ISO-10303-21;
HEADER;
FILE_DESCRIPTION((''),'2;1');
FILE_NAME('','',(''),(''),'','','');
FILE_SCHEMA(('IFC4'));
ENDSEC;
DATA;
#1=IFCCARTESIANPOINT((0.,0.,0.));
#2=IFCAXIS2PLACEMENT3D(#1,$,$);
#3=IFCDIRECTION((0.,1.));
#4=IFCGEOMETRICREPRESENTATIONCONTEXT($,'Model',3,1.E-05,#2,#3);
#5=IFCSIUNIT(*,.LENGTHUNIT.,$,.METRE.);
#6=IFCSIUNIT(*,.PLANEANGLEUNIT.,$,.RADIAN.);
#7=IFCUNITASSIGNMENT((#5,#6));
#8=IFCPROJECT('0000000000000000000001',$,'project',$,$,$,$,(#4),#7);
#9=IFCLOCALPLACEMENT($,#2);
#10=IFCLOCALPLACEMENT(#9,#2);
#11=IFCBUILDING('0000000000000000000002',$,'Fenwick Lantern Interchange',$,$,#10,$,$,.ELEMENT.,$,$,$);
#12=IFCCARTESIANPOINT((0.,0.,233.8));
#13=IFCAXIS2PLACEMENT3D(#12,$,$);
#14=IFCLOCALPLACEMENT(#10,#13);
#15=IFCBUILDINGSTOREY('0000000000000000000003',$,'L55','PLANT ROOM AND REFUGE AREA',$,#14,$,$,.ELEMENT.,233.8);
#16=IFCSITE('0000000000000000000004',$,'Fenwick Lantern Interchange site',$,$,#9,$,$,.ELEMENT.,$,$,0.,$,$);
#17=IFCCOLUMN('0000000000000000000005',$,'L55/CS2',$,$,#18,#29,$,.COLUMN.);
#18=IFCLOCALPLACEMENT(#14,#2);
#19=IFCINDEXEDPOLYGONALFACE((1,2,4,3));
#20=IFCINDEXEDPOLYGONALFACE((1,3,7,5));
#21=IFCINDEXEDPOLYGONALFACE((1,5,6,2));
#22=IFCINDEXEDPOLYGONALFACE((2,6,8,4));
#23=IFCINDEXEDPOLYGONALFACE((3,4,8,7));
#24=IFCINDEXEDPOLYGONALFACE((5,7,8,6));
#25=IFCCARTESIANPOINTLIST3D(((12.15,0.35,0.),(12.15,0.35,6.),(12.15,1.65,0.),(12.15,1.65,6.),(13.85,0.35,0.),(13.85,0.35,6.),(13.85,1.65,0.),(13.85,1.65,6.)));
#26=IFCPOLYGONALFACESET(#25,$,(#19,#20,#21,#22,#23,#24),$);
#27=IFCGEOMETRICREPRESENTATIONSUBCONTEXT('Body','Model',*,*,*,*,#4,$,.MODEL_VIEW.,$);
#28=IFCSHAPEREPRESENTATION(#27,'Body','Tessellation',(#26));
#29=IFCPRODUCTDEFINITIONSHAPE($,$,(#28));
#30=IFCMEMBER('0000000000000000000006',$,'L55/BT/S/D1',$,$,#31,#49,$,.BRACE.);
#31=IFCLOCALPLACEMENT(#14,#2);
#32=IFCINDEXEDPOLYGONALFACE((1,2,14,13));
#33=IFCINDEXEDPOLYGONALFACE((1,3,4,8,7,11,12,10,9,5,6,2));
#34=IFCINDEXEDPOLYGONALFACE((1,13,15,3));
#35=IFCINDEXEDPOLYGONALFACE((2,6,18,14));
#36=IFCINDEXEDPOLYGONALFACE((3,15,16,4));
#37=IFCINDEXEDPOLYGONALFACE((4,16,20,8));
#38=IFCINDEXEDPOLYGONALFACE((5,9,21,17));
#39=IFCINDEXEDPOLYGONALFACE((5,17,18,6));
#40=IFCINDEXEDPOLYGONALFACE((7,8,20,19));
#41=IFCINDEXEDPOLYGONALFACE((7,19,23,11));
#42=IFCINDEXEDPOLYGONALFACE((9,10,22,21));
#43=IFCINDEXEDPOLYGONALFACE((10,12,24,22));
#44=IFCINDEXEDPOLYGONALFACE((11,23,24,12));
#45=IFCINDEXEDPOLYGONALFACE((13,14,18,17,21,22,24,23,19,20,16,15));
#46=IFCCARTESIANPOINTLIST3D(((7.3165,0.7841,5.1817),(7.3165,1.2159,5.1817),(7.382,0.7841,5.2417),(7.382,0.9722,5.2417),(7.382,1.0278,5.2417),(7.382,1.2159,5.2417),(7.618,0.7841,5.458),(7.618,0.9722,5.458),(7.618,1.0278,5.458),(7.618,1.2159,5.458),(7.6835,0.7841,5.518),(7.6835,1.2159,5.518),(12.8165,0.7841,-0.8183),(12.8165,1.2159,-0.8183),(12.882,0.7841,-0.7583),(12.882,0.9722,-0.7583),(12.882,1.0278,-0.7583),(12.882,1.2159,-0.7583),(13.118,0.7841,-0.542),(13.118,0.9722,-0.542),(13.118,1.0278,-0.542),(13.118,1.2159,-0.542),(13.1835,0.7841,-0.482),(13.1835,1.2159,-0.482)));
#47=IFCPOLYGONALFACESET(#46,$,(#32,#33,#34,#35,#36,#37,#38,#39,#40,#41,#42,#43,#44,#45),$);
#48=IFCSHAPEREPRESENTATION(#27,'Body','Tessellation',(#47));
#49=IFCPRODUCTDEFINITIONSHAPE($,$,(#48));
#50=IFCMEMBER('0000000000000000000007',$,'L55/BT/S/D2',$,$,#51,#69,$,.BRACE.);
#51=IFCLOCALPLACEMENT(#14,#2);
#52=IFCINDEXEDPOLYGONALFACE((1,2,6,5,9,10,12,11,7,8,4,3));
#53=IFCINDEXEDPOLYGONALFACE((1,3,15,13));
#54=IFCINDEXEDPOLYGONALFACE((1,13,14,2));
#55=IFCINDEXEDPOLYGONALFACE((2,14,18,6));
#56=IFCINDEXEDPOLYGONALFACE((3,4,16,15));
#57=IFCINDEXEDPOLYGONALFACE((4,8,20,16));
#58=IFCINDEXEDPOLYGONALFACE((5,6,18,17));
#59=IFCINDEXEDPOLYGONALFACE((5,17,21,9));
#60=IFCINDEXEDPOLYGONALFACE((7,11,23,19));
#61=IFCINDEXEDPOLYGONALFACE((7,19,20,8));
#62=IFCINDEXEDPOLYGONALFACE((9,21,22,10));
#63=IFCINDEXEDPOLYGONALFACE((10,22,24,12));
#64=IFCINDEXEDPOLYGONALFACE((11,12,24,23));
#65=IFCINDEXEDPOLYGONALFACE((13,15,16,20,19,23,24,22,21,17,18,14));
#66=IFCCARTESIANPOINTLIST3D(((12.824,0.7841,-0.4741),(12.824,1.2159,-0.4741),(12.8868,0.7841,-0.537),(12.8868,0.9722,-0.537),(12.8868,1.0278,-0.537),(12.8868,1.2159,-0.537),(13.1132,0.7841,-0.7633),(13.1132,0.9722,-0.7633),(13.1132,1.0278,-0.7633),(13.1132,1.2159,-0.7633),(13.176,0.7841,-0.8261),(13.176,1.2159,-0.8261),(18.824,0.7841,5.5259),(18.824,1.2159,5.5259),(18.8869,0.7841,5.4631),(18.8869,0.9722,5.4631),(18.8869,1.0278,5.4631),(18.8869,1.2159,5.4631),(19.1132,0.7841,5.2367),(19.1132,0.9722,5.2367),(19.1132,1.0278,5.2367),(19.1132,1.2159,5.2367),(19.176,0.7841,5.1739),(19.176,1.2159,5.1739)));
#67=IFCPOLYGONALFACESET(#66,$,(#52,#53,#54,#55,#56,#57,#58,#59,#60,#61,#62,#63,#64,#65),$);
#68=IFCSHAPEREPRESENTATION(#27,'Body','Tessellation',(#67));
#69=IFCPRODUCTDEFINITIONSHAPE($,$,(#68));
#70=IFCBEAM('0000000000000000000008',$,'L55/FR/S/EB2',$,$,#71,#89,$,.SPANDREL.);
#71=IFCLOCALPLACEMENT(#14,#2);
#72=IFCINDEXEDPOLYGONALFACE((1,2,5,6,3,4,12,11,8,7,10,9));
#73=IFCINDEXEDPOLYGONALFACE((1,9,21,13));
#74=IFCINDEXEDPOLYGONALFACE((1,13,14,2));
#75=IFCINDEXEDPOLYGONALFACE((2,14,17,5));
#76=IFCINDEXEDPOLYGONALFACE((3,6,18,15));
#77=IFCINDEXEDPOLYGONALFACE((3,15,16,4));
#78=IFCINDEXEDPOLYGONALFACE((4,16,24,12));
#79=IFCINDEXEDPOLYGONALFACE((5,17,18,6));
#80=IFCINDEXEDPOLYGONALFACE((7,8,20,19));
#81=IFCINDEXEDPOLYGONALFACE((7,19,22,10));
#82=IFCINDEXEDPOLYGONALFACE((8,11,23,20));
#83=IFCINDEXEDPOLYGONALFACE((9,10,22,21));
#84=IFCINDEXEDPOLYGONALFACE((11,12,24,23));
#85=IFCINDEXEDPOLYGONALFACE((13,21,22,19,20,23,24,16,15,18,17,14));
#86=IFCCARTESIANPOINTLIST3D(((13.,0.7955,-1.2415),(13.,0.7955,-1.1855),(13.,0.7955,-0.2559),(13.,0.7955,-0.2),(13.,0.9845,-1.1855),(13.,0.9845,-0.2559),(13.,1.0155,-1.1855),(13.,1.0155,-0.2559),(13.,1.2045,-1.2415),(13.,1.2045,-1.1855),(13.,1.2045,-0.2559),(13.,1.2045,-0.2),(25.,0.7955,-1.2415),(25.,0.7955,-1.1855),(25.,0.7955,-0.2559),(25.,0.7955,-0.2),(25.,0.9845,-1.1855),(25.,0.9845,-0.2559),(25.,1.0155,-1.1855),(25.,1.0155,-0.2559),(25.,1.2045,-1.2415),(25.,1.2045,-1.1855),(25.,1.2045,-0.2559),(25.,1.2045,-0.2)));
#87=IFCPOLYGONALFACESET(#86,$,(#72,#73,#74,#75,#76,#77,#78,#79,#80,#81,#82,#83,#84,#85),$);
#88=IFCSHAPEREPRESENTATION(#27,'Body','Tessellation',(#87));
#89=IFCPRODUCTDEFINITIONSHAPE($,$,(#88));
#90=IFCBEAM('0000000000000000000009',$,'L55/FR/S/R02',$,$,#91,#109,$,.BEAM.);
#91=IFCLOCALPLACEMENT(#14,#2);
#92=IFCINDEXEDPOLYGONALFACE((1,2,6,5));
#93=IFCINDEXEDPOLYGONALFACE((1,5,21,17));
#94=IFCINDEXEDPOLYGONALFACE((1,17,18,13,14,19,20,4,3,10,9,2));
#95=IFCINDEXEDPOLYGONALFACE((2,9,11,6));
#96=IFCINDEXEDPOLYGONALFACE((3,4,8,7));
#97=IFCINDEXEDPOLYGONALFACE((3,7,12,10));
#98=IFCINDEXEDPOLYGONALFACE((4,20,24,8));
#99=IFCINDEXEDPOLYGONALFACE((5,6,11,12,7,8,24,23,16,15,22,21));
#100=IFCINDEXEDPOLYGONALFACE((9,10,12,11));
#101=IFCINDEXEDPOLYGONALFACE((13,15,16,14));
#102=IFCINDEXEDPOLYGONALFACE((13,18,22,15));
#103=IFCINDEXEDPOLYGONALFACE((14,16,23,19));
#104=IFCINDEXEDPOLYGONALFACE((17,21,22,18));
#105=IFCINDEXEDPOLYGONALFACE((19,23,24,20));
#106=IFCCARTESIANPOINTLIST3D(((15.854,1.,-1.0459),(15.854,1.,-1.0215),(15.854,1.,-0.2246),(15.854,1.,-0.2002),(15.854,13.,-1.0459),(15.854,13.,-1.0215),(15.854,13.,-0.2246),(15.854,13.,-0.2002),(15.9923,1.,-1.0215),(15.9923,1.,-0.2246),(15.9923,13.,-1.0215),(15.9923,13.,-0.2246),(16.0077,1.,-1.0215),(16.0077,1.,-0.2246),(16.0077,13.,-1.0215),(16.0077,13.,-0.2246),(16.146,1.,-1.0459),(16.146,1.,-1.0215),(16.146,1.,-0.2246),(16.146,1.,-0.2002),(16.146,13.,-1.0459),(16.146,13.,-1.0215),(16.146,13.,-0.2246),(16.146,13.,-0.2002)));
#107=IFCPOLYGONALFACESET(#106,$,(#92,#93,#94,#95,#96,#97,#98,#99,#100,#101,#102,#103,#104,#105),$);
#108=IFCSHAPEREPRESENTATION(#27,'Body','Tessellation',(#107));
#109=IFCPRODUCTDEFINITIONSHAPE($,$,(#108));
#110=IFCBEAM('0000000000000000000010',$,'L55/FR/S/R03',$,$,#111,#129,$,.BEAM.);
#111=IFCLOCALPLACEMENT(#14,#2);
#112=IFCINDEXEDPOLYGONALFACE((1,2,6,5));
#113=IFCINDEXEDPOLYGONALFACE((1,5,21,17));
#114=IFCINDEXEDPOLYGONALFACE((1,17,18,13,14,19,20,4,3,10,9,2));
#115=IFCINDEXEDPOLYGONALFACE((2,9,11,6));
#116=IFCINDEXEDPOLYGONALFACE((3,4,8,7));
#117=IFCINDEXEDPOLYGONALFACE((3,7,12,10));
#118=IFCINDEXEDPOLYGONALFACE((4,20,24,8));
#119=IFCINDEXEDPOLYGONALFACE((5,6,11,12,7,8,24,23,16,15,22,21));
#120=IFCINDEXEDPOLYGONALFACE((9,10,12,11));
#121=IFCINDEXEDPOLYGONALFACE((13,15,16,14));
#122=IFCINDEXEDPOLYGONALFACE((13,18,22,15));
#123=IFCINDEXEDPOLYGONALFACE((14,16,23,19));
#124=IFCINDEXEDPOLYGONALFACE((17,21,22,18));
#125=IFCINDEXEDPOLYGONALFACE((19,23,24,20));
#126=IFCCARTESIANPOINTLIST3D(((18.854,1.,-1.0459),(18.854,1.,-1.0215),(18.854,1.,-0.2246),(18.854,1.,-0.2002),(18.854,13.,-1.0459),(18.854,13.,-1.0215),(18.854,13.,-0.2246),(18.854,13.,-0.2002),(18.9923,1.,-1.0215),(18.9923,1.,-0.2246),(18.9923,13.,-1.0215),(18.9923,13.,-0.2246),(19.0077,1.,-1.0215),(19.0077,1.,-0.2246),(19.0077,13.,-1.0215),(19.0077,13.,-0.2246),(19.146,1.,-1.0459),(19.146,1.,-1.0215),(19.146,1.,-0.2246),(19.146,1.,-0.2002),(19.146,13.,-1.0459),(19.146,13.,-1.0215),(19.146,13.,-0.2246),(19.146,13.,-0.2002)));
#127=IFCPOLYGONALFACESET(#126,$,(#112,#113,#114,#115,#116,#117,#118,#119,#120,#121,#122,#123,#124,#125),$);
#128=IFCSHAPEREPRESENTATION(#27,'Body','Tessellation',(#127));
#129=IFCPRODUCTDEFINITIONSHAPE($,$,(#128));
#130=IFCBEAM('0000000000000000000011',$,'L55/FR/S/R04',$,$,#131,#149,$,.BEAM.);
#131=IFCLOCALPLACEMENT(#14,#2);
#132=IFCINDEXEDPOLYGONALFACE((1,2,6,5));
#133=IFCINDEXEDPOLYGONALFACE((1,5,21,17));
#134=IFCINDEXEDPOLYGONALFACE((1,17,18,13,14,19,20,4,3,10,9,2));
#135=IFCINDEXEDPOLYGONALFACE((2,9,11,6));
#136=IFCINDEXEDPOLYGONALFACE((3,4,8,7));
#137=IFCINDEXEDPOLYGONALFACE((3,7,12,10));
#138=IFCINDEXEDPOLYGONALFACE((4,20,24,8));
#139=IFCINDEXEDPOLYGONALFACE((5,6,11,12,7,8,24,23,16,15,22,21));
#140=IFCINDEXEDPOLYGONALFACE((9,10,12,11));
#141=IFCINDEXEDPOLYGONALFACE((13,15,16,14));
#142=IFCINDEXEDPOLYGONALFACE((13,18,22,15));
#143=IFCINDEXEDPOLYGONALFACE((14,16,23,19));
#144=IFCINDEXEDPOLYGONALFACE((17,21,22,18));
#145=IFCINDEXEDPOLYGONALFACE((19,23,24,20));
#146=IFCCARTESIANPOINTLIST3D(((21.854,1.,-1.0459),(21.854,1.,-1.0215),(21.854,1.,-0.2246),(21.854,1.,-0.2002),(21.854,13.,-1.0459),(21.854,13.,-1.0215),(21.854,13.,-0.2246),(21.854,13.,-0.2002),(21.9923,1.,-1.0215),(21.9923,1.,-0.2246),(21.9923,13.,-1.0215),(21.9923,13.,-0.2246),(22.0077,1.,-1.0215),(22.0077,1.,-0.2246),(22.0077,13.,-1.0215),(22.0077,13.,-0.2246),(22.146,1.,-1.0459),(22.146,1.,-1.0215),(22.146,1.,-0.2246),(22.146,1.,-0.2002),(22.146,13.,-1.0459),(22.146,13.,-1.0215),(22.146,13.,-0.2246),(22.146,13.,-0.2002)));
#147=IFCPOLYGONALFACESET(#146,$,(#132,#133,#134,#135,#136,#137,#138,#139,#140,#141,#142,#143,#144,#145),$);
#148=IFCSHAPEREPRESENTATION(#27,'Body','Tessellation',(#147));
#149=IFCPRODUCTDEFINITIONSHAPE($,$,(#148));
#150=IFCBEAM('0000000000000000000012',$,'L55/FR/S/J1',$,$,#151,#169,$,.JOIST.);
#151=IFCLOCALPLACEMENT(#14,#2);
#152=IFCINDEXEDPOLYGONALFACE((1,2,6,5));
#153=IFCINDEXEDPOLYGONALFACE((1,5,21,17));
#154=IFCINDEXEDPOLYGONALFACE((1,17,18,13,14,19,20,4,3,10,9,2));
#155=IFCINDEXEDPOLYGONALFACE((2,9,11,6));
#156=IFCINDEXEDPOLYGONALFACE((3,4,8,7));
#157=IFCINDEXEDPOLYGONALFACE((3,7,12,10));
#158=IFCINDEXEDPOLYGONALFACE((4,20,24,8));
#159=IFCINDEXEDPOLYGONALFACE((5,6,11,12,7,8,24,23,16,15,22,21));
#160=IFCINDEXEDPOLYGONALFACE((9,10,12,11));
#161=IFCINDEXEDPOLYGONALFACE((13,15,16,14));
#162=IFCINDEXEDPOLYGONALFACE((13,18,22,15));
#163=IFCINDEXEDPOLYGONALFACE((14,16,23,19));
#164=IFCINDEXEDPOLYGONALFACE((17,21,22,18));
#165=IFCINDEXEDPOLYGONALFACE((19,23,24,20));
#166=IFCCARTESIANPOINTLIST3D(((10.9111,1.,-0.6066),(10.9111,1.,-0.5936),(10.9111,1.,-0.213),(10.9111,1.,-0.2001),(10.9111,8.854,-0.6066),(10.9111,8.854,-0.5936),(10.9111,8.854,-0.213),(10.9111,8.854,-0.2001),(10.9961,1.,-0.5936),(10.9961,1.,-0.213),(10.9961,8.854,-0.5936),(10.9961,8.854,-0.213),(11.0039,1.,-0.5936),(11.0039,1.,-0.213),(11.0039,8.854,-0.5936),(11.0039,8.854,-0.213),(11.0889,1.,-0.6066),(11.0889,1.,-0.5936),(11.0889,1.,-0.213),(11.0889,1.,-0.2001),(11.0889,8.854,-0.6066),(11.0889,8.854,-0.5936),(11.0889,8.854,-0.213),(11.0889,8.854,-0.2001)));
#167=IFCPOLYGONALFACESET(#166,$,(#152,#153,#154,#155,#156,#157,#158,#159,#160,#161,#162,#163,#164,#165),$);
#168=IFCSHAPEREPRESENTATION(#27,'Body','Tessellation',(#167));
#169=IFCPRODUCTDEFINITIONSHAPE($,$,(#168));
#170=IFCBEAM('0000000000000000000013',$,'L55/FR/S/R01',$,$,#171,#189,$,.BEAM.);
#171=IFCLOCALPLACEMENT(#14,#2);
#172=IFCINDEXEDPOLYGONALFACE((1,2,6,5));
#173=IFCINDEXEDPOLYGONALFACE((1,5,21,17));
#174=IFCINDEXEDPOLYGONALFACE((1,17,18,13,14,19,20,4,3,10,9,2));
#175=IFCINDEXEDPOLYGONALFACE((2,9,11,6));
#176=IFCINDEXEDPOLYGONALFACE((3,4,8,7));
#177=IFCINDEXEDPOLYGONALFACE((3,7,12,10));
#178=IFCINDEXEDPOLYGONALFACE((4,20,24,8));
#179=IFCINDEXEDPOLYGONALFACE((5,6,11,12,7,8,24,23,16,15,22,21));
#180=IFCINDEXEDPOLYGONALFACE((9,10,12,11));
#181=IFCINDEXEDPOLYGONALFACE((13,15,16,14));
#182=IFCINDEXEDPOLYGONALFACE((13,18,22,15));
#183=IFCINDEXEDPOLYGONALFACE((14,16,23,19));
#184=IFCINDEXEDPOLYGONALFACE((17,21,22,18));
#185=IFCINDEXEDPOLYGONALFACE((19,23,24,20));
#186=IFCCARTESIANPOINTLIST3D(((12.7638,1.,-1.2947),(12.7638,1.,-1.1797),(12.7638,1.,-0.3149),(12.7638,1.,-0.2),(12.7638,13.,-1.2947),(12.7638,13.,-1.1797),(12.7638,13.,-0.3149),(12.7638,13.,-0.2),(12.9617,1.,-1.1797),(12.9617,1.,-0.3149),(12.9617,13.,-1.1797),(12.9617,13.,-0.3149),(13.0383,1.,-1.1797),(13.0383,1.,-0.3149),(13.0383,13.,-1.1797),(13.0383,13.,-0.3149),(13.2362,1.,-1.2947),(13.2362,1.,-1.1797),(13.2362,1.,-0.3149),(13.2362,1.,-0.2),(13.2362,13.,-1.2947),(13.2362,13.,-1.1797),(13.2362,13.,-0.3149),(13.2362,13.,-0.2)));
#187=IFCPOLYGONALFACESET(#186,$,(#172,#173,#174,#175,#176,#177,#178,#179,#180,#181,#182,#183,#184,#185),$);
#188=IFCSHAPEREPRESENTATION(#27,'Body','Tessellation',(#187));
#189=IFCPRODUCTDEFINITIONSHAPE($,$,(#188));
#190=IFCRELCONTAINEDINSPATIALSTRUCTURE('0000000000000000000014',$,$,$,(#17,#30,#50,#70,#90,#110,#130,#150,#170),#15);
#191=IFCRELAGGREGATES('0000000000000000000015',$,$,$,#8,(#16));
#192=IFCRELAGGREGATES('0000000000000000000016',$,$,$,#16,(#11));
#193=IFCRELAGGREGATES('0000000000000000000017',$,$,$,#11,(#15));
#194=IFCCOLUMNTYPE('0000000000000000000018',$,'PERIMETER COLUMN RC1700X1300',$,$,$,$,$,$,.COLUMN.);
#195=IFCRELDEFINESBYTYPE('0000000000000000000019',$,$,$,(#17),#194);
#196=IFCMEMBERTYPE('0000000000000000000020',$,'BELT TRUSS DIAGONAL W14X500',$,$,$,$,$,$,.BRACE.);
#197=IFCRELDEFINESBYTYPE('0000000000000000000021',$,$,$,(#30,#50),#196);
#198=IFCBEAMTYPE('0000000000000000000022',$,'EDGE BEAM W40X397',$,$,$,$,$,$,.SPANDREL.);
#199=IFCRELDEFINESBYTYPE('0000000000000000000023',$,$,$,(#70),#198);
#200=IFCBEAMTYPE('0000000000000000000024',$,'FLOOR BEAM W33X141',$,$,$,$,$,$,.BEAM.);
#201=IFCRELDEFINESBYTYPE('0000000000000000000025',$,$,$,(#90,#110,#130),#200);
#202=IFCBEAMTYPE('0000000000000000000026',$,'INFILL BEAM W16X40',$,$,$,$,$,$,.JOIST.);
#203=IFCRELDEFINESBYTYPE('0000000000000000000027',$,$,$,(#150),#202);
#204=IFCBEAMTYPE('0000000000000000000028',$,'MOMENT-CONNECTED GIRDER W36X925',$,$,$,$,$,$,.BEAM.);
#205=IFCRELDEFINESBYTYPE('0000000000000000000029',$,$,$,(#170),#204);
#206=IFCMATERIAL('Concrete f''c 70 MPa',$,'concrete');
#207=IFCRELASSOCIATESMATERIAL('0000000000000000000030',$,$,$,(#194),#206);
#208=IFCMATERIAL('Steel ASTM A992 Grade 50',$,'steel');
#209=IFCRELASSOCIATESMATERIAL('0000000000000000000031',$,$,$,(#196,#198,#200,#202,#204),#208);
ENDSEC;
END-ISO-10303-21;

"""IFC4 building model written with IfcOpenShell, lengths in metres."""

from ifc_helpers import new_model, si_unit, direction, frame, origin, origin_2d, place, context, subcontext, project, spatial, rectangle, i_section, extrude, material, material_profile, profile_set, type_object, element, save


model = new_model("IFC4")

# Units and contexts
model_context = context("Model", 3, precision=1e-05, world=origin(), true_north=direction((0.0, 1.0)))
body_context = subcontext(model_context, "Body", "Model", "MODEL_VIEW")
ifc_project = project(units=[si_unit("LENGTHUNIT", "METRE"), si_unit("PLANEANGLEUNIT", "RADIAN")], contexts=[model_context])

# Site, building, storey
site_placement = place(None, origin())
site = spatial("IfcSite", under=ifc_project, at=site_placement, Name="Fenwick Lantern Interchange site", CompositionType="ELEMENT", RefElevation=0.0)
building_placement = place(site_placement, origin())
building = spatial("IfcBuilding", under=site, at=building_placement, Name="Fenwick Lantern Interchange", CompositionType="ELEMENT")
storey_placement = place(building_placement, frame((0.0, 0.0, 233.8)))
storey = spatial("IfcBuildingStorey", under=building, at=storey_placement, Name="L55", Description="PLANT ROOM AND REFUGE AREA", CompositionType="ELEMENT", Elevation=233.8)

# Column
ifc_material_1 = material(Name="Concrete f'c 70 MPa", Category="concrete")
ifc_material_profile_1 = material_profile(ifc_material_1, rectangle(XDim=1.7, YDim=1.3, at=origin_2d()), Name="RC1700X1300")
ifc_profile_set_1 = profile_set([ifc_material_profile_1], Name="Concrete f'c 70 MPa")
column_type = type_object("IfcColumnType", Name="PERIMETER COLUMN RC1700X1300", PredefinedType="COLUMN", material=ifc_profile_set_1)
column_placement = place(storey_placement, frame((13.0, 1.0, 0.0), z_axis=(0.0, 0.0, 1.0), x_axis=(1.0, 0.0, 0.0)))
element("IfcColumn", 1, at=column_placement, inside=storey, type_object=column_type, Name="L55/CS2", PredefinedType="COLUMN", context=body_context, shape_type="SweptSolid", body=[
    extrude(rectangle(XDim=1.7, YDim=1.3, at=origin_2d()), origin(), (0.0, 0.0, 1.0), 6.0),
])

# Members
ifc_material_2 = material(Name="Steel ASTM A992 Grade 50", Category="steel")
ifc_material_profile_2 = material_profile(ifc_material_2, i_section(OverallWidth=0.4319, OverallDepth=0.4978, WebThickness=0.0557, FlangeThickness=0.0889, at=origin_2d()), Name="W14X500")
ifc_profile_set_2 = profile_set([ifc_material_profile_2], Name="Steel ASTM A992 Grade 50")
member_type_1 = type_object("IfcMemberType", Name="BELT TRUSS DIAGONAL W14X500", PredefinedType="BRACE", material=ifc_profile_set_2)
member_1_placement = place(storey_placement, frame((13.0, 1.0, -0.6501), z_axis=(-0.675725, 0.0, 0.737154), x_axis=(0.0, -1.0, 0.0)))
element("IfcMember", 2, at=member_1_placement, inside=storey, type_object=member_type_1, Name="L55/BT/S/D1", PredefinedType="BRACE", context=body_context, shape_type="SweptSolid", body=[
    extrude(i_section(OverallWidth=0.4319, OverallDepth=0.4978, WebThickness=0.0557, FlangeThickness=0.0889, at=origin_2d()), origin(), (0.0, 0.0, 1.0), 8.1394),
])
member_2_placement = place(storey_placement, frame((13.0, 1.0, -0.6501), z_axis=(0.707107, 0.0, 0.707107), x_axis=(0.0, 1.0, 0.0)))
element("IfcMember", 3, at=member_2_placement, inside=storey, type_object=member_type_1, Name="L55/BT/S/D2", PredefinedType="BRACE", context=body_context, shape_type="SweptSolid", body=[
    extrude(i_section(OverallWidth=0.4319, OverallDepth=0.4978, WebThickness=0.0557, FlangeThickness=0.0889, at=origin_2d()), origin(), (0.0, 0.0, 1.0), 8.4854),
])

# Beams
ifc_material_profile_3 = material_profile(ifc_material_2, i_section(OverallWidth=0.4089, OverallDepth=1.0415, WebThickness=0.031, FlangeThickness=0.0559, at=origin_2d()), Name="W40X397")
ifc_profile_set_3 = profile_set([ifc_material_profile_3], Name="Steel ASTM A992 Grade 50")
beam_type_1 = type_object("IfcBeamType", Name="EDGE BEAM W40X397", PredefinedType="SPANDREL", material=ifc_profile_set_3)
beam_1_placement = place(storey_placement, frame((13.0, 1.0, -0.7207), z_axis=(1.0, 0.0, 0.0), x_axis=(0.0, 1.0, 0.0)))
element("IfcBeam", 4, at=beam_1_placement, inside=storey, type_object=beam_type_1, Name="L55/FR/S/EB2", PredefinedType="SPANDREL", context=body_context, shape_type="SweptSolid", body=[
    extrude(i_section(OverallWidth=0.4089, OverallDepth=1.0415, WebThickness=0.031, FlangeThickness=0.0559, at=origin_2d()), origin(), (0.0, 0.0, 1.0), 12.0),
])
ifc_material_profile_4 = material_profile(ifc_material_2, i_section(OverallWidth=0.292, OverallDepth=0.8457, WebThickness=0.0154, FlangeThickness=0.0244, at=origin_2d()), Name="W33X141")
ifc_profile_set_4 = profile_set([ifc_material_profile_4], Name="Steel ASTM A992 Grade 50")
beam_type_2 = type_object("IfcBeamType", Name="FLOOR BEAM W33X141", PredefinedType="BEAM", material=ifc_profile_set_4)
for number, where, z_axis, x_axis, name in (
    (5, (16.0, 1.0, -0.623), (0.0, 1.0, 0.0), (-1.0, 0.0, 0.0), "L55/FR/S/R02"),
    (6, (19.0, 1.0, -0.623), (0.0, 1.0, 0.0), (-1.0, 0.0, 0.0), "L55/FR/S/R03"),
    (7, (22.0, 1.0, -0.623), (0.0, 1.0, 0.0), (-1.0, 0.0, 0.0), "L55/FR/S/R04"),
):
    element("IfcBeam", number, at=place(storey_placement, frame(where, z_axis=z_axis, x_axis=x_axis)), inside=storey, type_object=beam_type_2, Name=name, PredefinedType="BEAM", context=body_context, shape_type="SweptSolid", body=[
        extrude(i_section(OverallWidth=0.292, OverallDepth=0.8457, WebThickness=0.0154, FlangeThickness=0.0244, at=origin_2d()), origin(), (0.0, 0.0, 1.0), 12.0),
    ])
ifc_material_profile_5 = material_profile(ifc_material_2, i_section(OverallWidth=0.1777, OverallDepth=0.4065, WebThickness=0.0078, FlangeThickness=0.0129, at=origin_2d()), Name="W16X40")
ifc_profile_set_5 = profile_set([ifc_material_profile_5], Name="Steel ASTM A992 Grade 50")
beam_type_3 = type_object("IfcBeamType", Name="INFILL BEAM W16X40", PredefinedType="JOIST", material=ifc_profile_set_5)
beam_2_placement = place(storey_placement, frame((11.0, 1.0, -0.4033), z_axis=(0.0, 1.0, 0.0), x_axis=(-1.0, 0.0, 0.0)))
element("IfcBeam", 8, at=beam_2_placement, inside=storey, type_object=beam_type_3, Name="L55/FR/S/J1", PredefinedType="JOIST", context=body_context, shape_type="SweptSolid", body=[
    extrude(i_section(OverallWidth=0.1777, OverallDepth=0.4065, WebThickness=0.0078, FlangeThickness=0.0129, at=origin_2d()), origin(), (0.0, 0.0, 1.0), 7.854),
])
ifc_material_profile_6 = material_profile(ifc_material_2, i_section(OverallWidth=0.4724, OverallDepth=1.0947, WebThickness=0.0767, FlangeThickness=0.115, at=origin_2d()), Name="W36X925")
ifc_profile_set_6 = profile_set([ifc_material_profile_6], Name="Steel ASTM A992 Grade 50")
beam_type_4 = type_object("IfcBeamType", Name="MOMENT-CONNECTED GIRDER W36X925", PredefinedType="BEAM", material=ifc_profile_set_6)
beam_3_placement = place(storey_placement, frame((13.0, 1.0, -0.7473), z_axis=(0.0, 1.0, 0.0), x_axis=(-1.0, 0.0, 0.0)))
element("IfcBeam", 9, at=beam_3_placement, inside=storey, type_object=beam_type_4, Name="L55/FR/S/R01", PredefinedType="BEAM", context=body_context, shape_type="SweptSolid", body=[
    extrude(i_section(OverallWidth=0.4724, OverallDepth=1.0947, WebThickness=0.0767, FlangeThickness=0.115, at=origin_2d()), origin(), (0.0, 0.0, 1.0), 12.0),
])

save(model, "model.ifc")
